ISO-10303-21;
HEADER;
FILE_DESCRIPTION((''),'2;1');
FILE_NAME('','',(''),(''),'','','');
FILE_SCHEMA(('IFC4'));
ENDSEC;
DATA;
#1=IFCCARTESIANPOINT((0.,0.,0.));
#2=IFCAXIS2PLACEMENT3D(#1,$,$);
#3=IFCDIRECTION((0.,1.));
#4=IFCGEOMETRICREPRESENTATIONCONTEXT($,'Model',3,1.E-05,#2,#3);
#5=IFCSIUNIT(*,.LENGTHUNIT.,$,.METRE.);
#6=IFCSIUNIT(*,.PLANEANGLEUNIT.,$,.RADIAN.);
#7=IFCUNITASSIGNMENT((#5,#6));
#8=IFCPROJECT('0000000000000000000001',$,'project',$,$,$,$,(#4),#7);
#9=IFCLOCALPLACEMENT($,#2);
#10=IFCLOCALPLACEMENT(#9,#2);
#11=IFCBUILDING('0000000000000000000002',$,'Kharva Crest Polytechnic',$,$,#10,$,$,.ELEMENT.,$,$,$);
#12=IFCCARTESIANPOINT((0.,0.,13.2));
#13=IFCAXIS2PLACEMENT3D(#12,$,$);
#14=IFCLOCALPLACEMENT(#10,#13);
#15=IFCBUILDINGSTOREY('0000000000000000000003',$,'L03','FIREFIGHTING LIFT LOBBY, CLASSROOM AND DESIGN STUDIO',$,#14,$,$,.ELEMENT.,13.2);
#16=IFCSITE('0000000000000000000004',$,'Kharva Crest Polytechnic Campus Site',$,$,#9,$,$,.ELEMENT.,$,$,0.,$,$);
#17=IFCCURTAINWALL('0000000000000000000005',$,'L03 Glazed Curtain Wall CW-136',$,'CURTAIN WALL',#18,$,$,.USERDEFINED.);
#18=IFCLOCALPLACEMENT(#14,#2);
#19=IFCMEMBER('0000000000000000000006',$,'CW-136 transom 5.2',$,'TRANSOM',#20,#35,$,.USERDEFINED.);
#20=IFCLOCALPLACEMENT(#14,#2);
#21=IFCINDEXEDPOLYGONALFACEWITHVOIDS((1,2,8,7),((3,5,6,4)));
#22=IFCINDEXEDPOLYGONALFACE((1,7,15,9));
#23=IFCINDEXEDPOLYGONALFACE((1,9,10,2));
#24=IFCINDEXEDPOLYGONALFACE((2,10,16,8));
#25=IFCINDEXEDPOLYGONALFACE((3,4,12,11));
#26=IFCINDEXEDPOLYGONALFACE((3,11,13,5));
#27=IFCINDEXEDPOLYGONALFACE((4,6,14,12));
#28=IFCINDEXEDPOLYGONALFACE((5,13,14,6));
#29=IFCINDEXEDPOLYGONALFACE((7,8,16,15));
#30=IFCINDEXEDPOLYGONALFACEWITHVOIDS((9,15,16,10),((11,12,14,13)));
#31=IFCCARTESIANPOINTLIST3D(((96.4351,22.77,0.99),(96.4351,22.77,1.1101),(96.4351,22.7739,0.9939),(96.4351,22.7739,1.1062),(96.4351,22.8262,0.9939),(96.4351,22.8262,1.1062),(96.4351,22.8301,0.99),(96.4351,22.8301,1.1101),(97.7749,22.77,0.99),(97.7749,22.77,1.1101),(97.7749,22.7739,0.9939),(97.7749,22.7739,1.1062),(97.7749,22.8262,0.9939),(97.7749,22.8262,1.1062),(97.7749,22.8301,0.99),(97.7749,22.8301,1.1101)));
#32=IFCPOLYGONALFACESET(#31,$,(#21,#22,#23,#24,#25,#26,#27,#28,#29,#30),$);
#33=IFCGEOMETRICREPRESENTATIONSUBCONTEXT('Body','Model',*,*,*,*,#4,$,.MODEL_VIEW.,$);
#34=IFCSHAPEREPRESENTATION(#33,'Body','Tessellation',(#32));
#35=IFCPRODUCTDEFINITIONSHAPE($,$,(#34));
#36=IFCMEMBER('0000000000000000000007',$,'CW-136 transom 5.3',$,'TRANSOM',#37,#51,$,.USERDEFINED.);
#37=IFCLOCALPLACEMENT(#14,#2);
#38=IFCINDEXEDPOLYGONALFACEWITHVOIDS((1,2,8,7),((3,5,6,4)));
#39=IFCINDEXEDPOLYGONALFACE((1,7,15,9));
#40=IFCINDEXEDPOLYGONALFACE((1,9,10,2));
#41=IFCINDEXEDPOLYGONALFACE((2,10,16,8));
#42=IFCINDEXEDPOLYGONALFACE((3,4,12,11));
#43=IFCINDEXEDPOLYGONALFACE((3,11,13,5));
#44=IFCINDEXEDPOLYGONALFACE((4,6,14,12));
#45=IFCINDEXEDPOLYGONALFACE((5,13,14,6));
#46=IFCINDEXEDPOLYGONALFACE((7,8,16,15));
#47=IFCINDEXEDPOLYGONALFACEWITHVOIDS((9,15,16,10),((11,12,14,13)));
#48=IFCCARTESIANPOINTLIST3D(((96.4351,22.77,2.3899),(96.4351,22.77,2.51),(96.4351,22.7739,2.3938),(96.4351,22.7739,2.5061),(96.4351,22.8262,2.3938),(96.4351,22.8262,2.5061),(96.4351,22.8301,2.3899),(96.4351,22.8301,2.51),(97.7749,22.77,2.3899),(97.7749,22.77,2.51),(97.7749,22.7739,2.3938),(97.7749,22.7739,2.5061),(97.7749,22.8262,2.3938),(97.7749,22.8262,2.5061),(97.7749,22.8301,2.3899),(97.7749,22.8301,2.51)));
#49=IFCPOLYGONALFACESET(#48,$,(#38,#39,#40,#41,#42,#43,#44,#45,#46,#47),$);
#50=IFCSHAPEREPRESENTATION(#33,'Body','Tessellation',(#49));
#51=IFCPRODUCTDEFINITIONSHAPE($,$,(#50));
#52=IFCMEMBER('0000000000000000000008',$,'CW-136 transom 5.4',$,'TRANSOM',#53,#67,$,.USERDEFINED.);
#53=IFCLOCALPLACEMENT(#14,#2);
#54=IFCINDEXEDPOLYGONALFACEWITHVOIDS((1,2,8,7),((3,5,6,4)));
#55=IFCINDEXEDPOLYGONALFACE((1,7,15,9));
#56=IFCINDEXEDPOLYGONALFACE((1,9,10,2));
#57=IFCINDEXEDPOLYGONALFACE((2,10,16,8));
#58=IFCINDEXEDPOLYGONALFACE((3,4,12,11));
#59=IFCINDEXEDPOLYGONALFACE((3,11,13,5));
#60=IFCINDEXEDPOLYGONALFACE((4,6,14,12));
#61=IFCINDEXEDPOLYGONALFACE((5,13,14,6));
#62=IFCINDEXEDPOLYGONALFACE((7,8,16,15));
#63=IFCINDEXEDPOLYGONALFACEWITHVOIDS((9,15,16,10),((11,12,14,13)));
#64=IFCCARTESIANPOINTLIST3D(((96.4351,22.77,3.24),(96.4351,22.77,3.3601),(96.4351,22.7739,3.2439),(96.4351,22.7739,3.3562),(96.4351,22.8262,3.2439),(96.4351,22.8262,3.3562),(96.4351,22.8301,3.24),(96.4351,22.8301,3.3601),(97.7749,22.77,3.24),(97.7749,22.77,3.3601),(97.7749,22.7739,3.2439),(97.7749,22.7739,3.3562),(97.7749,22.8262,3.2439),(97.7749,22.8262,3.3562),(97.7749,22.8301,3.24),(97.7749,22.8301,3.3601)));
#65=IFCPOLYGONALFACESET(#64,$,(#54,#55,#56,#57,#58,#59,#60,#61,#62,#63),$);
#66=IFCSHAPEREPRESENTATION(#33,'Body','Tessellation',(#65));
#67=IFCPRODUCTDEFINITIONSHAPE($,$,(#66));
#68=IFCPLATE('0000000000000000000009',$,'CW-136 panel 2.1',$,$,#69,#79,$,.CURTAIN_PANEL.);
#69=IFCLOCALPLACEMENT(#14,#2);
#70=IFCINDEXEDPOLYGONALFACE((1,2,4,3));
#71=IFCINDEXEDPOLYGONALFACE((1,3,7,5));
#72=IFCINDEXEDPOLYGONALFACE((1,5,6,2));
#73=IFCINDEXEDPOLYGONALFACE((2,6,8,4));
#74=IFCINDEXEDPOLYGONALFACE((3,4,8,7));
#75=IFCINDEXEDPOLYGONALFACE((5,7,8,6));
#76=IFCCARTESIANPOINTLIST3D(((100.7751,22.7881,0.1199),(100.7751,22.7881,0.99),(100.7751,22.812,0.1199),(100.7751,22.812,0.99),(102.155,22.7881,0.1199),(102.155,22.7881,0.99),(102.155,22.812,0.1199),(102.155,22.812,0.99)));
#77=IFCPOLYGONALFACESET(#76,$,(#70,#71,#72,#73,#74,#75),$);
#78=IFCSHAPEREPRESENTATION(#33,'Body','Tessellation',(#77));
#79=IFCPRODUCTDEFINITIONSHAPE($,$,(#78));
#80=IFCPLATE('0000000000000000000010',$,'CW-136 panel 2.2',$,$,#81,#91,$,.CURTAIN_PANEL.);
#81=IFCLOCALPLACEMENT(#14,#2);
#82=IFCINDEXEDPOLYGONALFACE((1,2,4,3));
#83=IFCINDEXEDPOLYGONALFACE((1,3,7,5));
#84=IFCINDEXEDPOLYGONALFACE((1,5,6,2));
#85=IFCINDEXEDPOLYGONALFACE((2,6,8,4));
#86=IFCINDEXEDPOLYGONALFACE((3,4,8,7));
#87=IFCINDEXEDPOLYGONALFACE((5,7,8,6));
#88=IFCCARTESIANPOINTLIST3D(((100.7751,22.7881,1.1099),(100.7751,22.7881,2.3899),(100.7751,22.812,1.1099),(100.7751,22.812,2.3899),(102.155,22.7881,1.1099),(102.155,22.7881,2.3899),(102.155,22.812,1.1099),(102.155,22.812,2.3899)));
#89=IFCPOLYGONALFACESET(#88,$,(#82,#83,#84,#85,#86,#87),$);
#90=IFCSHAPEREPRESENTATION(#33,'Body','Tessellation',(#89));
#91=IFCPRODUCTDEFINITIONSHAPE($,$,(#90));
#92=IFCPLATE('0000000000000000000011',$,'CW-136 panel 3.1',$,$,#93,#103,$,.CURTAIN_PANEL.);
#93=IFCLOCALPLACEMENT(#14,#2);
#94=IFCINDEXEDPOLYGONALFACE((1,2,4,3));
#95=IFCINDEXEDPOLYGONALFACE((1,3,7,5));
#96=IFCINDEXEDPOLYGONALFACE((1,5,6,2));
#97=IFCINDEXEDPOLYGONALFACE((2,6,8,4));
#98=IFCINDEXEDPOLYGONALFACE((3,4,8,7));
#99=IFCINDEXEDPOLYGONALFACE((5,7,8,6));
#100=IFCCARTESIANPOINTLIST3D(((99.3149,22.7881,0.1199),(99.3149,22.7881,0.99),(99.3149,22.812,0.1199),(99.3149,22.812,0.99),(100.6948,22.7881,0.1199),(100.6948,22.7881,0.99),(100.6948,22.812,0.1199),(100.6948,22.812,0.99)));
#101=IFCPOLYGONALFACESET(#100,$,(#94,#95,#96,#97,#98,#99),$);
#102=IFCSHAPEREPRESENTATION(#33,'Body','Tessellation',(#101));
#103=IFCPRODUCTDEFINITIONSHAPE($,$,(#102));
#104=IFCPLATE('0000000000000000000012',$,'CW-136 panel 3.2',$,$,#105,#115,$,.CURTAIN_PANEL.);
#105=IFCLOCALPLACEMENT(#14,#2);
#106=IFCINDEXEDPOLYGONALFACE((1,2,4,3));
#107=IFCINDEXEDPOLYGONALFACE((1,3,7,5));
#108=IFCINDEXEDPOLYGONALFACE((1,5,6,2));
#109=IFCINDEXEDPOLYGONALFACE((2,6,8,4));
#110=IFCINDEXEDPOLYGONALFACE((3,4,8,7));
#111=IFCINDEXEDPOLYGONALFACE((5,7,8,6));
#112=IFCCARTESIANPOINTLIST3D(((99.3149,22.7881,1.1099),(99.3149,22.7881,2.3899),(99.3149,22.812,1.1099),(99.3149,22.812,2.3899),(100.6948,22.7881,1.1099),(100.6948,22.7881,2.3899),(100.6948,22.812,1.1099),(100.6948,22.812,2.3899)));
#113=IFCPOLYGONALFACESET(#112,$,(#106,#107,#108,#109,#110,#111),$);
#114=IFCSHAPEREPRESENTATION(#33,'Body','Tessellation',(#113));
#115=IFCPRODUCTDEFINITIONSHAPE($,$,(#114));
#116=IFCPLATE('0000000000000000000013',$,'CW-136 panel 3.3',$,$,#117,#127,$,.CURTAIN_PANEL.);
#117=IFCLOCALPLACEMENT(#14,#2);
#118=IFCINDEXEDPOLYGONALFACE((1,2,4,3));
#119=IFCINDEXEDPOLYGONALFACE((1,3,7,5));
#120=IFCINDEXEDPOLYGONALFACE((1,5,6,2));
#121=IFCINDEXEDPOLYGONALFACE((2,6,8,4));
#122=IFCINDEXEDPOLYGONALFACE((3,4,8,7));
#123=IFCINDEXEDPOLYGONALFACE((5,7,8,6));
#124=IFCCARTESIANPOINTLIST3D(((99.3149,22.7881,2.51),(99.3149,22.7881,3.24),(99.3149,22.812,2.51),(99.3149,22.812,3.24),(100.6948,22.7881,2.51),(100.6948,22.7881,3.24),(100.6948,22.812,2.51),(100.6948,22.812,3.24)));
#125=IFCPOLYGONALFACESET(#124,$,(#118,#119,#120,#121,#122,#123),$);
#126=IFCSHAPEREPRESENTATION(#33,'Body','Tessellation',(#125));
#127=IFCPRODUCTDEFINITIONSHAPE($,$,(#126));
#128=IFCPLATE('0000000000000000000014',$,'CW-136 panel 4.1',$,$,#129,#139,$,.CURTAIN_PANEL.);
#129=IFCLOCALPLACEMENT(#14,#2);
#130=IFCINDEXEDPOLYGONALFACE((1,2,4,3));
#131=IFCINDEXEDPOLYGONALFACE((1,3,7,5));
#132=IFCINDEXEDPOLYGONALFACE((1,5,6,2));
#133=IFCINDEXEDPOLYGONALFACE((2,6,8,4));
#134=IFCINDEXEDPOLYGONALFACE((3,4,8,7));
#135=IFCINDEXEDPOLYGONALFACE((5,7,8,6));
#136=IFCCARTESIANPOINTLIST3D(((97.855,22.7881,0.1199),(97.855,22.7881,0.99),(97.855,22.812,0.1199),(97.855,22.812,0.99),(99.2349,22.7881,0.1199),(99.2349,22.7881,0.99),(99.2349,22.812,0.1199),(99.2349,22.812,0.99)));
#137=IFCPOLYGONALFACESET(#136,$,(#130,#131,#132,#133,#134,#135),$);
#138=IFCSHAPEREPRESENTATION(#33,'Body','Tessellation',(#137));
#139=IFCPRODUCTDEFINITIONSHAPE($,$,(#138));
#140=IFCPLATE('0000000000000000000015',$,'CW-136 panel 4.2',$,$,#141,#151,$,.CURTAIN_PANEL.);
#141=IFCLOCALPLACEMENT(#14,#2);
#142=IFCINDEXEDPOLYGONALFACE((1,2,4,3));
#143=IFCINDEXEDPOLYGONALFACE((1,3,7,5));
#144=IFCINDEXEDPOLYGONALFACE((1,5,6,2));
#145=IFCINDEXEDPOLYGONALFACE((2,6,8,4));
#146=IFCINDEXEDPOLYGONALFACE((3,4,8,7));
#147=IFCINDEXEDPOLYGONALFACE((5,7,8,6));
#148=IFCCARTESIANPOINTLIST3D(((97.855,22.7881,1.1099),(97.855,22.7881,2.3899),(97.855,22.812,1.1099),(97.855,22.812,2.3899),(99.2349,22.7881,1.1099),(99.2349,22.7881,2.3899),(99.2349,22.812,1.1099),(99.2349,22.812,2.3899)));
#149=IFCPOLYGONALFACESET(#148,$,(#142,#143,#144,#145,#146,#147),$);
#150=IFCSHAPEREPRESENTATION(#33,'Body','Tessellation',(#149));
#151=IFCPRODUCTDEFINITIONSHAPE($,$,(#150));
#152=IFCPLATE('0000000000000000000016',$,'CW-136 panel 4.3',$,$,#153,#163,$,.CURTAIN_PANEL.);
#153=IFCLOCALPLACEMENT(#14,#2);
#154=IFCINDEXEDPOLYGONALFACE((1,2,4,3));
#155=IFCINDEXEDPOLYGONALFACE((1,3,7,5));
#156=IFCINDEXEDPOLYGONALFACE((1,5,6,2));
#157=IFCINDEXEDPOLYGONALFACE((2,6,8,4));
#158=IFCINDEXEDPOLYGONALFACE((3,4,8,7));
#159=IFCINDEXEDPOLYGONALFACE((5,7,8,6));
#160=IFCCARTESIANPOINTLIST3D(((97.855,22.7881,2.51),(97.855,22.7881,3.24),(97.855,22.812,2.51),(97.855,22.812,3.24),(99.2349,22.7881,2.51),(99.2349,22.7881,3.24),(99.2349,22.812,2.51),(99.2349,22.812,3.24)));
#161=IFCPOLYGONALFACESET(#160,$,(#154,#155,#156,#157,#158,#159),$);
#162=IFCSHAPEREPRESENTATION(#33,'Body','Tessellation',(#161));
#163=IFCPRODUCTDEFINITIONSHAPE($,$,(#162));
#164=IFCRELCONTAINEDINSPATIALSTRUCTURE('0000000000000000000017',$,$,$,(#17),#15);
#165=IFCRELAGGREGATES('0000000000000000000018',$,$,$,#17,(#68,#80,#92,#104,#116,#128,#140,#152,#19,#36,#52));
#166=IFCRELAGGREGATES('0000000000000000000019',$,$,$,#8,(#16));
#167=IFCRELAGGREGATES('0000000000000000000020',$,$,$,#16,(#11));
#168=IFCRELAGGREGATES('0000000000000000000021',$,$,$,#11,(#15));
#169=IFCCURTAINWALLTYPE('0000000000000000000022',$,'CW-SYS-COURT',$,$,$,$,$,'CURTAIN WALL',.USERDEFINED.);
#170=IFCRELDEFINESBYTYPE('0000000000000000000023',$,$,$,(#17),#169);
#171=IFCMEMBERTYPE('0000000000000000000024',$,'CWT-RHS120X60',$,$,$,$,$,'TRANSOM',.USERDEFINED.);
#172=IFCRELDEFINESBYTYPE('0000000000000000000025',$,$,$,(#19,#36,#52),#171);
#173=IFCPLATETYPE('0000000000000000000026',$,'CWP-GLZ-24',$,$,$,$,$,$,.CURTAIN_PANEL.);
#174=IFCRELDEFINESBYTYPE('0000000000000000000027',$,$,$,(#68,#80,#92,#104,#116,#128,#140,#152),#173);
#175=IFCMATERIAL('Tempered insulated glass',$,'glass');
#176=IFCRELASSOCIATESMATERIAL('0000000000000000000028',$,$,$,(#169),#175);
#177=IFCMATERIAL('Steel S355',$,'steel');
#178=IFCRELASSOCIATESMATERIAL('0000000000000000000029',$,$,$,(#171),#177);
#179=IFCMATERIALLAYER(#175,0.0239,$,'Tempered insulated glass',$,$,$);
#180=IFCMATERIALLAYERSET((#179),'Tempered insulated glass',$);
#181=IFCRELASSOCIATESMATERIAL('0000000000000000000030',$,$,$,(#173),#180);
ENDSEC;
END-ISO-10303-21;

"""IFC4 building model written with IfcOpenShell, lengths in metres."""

from ifc_helpers import new_model, si_unit, direction, frame, origin, origin_2d, place, context, subcontext, project, spatial, rectangle, hollow_rectangle, extrude, material, layer, layer_set, material_profile, profile_set, type_object, element, aggregate, save


model = new_model("IFC4")

# Units and contexts
model_context = context("Model", 3, precision=1e-05, world=origin(), true_north=direction((0.0, 1.0)))
body_context = subcontext(model_context, "Body", "Model", "MODEL_VIEW")
ifc_project = project(units=[si_unit("LENGTHUNIT", "METRE"), si_unit("PLANEANGLEUNIT", "RADIAN")], contexts=[model_context])

# Site, building, storey
site_placement = place(None, origin())
site = spatial("IfcSite", under=ifc_project, at=site_placement, Name="Kharva Crest Polytechnic Campus Site", CompositionType="ELEMENT", RefElevation=0.0)
building_placement = place(site_placement, origin())
building = spatial("IfcBuilding", under=site, at=building_placement, Name="Kharva Crest Polytechnic", CompositionType="ELEMENT")
storey_placement = place(building_placement, frame((0.0, 0.0, 13.2)))
storey = spatial("IfcBuildingStorey", under=building, at=storey_placement, Name="L03", Description="FIREFIGHTING LIFT LOBBY, CLASSROOM AND DESIGN STUDIO", CompositionType="ELEMENT", Elevation=13.2)

# Curtain wall, members, plates
ifc_material_1 = material(Name="Tempered insulated glass", Category="glass")
curtain_wall_type = type_object("IfcCurtainWallType", Name="CW-SYS-COURT", ElementType="CURTAIN WALL", PredefinedType="USERDEFINED", material=ifc_material_1)
curtain_wall_placement = place(storey_placement, origin())
curtain_wall = element("IfcCurtainWall", 1, at=curtain_wall_placement, inside=storey, type_object=curtain_wall_type, Name="L03 Glazed Curtain Wall CW-136", ObjectType="CURTAIN WALL", PredefinedType="USERDEFINED")
ifc_material_2 = material(Name="Steel S355", Category="steel")
ifc_material_profile_1 = material_profile(ifc_material_2, hollow_rectangle(XDim=0.0601, YDim=0.1201, WallThickness=0.0039, at=origin_2d()), Name="RHS 120X60X4.0")
ifc_profile_set_1 = profile_set([ifc_material_profile_1], Name="Steel S355")
member_type_1 = type_object("IfcMemberType", Name="CWT-RHS120X60", ElementType="TRANSOM", PredefinedType="USERDEFINED", material=ifc_profile_set_1)
member_1_placement = place(storey_placement, frame((97.7749, 22.8, 1.05), z_axis=(-1.0, 0.0, 0.0), x_axis=(0.0, -1.0, 0.0)))
member_1 = element("IfcMember", 2, at=member_1_placement, type_object=member_type_1, Name="CW-136 transom 5.2", ObjectType="TRANSOM", PredefinedType="USERDEFINED", context=body_context, shape_type="SweptSolid", body=[
    extrude(hollow_rectangle(XDim=0.0601, YDim=0.1201, WallThickness=0.0039, at=origin_2d()), origin(), (0.0, 0.0, 1.0), 1.3398),
])
member_2_placement = place(storey_placement, frame((97.7749, 22.8, 2.45), z_axis=(-1.0, 0.0, 0.0), x_axis=(0.0, -1.0, 0.0)))
member_2 = element("IfcMember", 3, at=member_2_placement, type_object=member_type_1, Name="CW-136 transom 5.3", ObjectType="TRANSOM", PredefinedType="USERDEFINED", context=body_context, shape_type="SweptSolid", body=[
    extrude(hollow_rectangle(XDim=0.0601, YDim=0.1201, WallThickness=0.0039, at=origin_2d()), origin(), (0.0, 0.0, 1.0), 1.3398),
])
member_3_placement = place(storey_placement, frame((97.7749, 22.8, 3.3), z_axis=(-1.0, 0.0, 0.0), x_axis=(0.0, -1.0, 0.0)))
member_3 = element("IfcMember", 4, at=member_3_placement, type_object=member_type_1, Name="CW-136 transom 5.4", ObjectType="TRANSOM", PredefinedType="USERDEFINED", context=body_context, shape_type="SweptSolid", body=[
    extrude(hollow_rectangle(XDim=0.0601, YDim=0.1201, WallThickness=0.0039, at=origin_2d()), origin(), (0.0, 0.0, 1.0), 1.3398),
])
ifc_layer = layer(ifc_material_1, 0.0239, Name="Tempered insulated glass")
ifc_layer_set = layer_set([ifc_layer], Name="Tempered insulated glass")
plate_type = type_object("IfcPlateType", Name="CWP-GLZ-24", PredefinedType="CURTAIN_PANEL", material=ifc_layer_set)
plate_1_placement = place(storey_placement, frame((101.4651, 22.8, 0.1199), z_axis=(0.0, 0.0, 1.0), x_axis=(-1.0, 0.0, 0.0)))
plate_1 = element("IfcPlate", 5, at=plate_1_placement, type_object=plate_type, Name="CW-136 panel 2.1", PredefinedType="CURTAIN_PANEL", context=body_context, shape_type="SweptSolid", body=[
    extrude(rectangle(XDim=1.3799, YDim=0.0239, at=origin_2d()), origin(), (0.0, 0.0, 1.0), 0.8701),
])
plate_2_placement = place(storey_placement, frame((101.4651, 22.8, 1.1099), z_axis=(0.0, 0.0, 1.0), x_axis=(-1.0, 0.0, 0.0)))
plate_2 = element("IfcPlate", 6, at=plate_2_placement, type_object=plate_type, Name="CW-136 panel 2.2", PredefinedType="CURTAIN_PANEL", context=body_context, shape_type="SweptSolid", body=[
    extrude(rectangle(XDim=1.3799, YDim=0.0239, at=origin_2d()), origin(), (0.0, 0.0, 1.0), 1.28),
])
plate_3_placement = place(storey_placement, frame((100.0049, 22.8, 0.1199), z_axis=(0.0, 0.0, 1.0), x_axis=(-1.0, 0.0, 0.0)))
plate_3 = element("IfcPlate", 7, at=plate_3_placement, type_object=plate_type, Name="CW-136 panel 3.1", PredefinedType="CURTAIN_PANEL", context=body_context, shape_type="SweptSolid", body=[
    extrude(rectangle(XDim=1.3799, YDim=0.0239, at=origin_2d()), origin(), (0.0, 0.0, 1.0), 0.8701),
])
plate_4_placement = place(storey_placement, frame((100.0049, 22.8, 1.1099), z_axis=(0.0, 0.0, 1.0), x_axis=(-1.0, 0.0, 0.0)))
plate_4 = element("IfcPlate", 8, at=plate_4_placement, type_object=plate_type, Name="CW-136 panel 3.2", PredefinedType="CURTAIN_PANEL", context=body_context, shape_type="SweptSolid", body=[
    extrude(rectangle(XDim=1.3799, YDim=0.0239, at=origin_2d()), origin(), (0.0, 0.0, 1.0), 1.28),
])
plate_5_placement = place(storey_placement, frame((100.0049, 22.8, 2.51), z_axis=(0.0, 0.0, 1.0), x_axis=(-1.0, 0.0, 0.0)))
plate_5 = element("IfcPlate", 9, at=plate_5_placement, type_object=plate_type, Name="CW-136 panel 3.3", PredefinedType="CURTAIN_PANEL", context=body_context, shape_type="SweptSolid", body=[
    extrude(rectangle(XDim=1.3799, YDim=0.0239, at=origin_2d()), origin(), (0.0, 0.0, 1.0), 0.73),
])
plate_6_placement = place(storey_placement, frame((98.5449, 22.8, 0.1199), z_axis=(0.0, 0.0, 1.0), x_axis=(-1.0, 0.0, 0.0)))
plate_6 = element("IfcPlate", 10, at=plate_6_placement, type_object=plate_type, Name="CW-136 panel 4.1", PredefinedType="CURTAIN_PANEL", context=body_context, shape_type="SweptSolid", body=[
    extrude(rectangle(XDim=1.3799, YDim=0.0239, at=origin_2d()), origin(), (0.0, 0.0, 1.0), 0.8701),
])
plate_7_placement = place(storey_placement, frame((98.5449, 22.8, 1.1099), z_axis=(0.0, 0.0, 1.0), x_axis=(-1.0, 0.0, 0.0)))
plate_7 = element("IfcPlate", 11, at=plate_7_placement, type_object=plate_type, Name="CW-136 panel 4.2", PredefinedType="CURTAIN_PANEL", context=body_context, shape_type="SweptSolid", body=[
    extrude(rectangle(XDim=1.3799, YDim=0.0239, at=origin_2d()), origin(), (0.0, 0.0, 1.0), 1.28),
])
plate_8_placement = place(storey_placement, frame((98.5449, 22.8, 2.51), z_axis=(0.0, 0.0, 1.0), x_axis=(-1.0, 0.0, 0.0)))
plate_8 = element("IfcPlate", 12, at=plate_8_placement, type_object=plate_type, Name="CW-136 panel 4.3", PredefinedType="CURTAIN_PANEL", context=body_context, shape_type="SweptSolid", body=[
    extrude(rectangle(XDim=1.3799, YDim=0.0239, at=origin_2d()), origin(), (0.0, 0.0, 1.0), 0.73),
])
aggregate(curtain_wall, [plate_1, plate_2, plate_3, plate_4, plate_5, plate_6, plate_7, plate_8, member_1, member_2, member_3])

save(model, "model.ifc")
